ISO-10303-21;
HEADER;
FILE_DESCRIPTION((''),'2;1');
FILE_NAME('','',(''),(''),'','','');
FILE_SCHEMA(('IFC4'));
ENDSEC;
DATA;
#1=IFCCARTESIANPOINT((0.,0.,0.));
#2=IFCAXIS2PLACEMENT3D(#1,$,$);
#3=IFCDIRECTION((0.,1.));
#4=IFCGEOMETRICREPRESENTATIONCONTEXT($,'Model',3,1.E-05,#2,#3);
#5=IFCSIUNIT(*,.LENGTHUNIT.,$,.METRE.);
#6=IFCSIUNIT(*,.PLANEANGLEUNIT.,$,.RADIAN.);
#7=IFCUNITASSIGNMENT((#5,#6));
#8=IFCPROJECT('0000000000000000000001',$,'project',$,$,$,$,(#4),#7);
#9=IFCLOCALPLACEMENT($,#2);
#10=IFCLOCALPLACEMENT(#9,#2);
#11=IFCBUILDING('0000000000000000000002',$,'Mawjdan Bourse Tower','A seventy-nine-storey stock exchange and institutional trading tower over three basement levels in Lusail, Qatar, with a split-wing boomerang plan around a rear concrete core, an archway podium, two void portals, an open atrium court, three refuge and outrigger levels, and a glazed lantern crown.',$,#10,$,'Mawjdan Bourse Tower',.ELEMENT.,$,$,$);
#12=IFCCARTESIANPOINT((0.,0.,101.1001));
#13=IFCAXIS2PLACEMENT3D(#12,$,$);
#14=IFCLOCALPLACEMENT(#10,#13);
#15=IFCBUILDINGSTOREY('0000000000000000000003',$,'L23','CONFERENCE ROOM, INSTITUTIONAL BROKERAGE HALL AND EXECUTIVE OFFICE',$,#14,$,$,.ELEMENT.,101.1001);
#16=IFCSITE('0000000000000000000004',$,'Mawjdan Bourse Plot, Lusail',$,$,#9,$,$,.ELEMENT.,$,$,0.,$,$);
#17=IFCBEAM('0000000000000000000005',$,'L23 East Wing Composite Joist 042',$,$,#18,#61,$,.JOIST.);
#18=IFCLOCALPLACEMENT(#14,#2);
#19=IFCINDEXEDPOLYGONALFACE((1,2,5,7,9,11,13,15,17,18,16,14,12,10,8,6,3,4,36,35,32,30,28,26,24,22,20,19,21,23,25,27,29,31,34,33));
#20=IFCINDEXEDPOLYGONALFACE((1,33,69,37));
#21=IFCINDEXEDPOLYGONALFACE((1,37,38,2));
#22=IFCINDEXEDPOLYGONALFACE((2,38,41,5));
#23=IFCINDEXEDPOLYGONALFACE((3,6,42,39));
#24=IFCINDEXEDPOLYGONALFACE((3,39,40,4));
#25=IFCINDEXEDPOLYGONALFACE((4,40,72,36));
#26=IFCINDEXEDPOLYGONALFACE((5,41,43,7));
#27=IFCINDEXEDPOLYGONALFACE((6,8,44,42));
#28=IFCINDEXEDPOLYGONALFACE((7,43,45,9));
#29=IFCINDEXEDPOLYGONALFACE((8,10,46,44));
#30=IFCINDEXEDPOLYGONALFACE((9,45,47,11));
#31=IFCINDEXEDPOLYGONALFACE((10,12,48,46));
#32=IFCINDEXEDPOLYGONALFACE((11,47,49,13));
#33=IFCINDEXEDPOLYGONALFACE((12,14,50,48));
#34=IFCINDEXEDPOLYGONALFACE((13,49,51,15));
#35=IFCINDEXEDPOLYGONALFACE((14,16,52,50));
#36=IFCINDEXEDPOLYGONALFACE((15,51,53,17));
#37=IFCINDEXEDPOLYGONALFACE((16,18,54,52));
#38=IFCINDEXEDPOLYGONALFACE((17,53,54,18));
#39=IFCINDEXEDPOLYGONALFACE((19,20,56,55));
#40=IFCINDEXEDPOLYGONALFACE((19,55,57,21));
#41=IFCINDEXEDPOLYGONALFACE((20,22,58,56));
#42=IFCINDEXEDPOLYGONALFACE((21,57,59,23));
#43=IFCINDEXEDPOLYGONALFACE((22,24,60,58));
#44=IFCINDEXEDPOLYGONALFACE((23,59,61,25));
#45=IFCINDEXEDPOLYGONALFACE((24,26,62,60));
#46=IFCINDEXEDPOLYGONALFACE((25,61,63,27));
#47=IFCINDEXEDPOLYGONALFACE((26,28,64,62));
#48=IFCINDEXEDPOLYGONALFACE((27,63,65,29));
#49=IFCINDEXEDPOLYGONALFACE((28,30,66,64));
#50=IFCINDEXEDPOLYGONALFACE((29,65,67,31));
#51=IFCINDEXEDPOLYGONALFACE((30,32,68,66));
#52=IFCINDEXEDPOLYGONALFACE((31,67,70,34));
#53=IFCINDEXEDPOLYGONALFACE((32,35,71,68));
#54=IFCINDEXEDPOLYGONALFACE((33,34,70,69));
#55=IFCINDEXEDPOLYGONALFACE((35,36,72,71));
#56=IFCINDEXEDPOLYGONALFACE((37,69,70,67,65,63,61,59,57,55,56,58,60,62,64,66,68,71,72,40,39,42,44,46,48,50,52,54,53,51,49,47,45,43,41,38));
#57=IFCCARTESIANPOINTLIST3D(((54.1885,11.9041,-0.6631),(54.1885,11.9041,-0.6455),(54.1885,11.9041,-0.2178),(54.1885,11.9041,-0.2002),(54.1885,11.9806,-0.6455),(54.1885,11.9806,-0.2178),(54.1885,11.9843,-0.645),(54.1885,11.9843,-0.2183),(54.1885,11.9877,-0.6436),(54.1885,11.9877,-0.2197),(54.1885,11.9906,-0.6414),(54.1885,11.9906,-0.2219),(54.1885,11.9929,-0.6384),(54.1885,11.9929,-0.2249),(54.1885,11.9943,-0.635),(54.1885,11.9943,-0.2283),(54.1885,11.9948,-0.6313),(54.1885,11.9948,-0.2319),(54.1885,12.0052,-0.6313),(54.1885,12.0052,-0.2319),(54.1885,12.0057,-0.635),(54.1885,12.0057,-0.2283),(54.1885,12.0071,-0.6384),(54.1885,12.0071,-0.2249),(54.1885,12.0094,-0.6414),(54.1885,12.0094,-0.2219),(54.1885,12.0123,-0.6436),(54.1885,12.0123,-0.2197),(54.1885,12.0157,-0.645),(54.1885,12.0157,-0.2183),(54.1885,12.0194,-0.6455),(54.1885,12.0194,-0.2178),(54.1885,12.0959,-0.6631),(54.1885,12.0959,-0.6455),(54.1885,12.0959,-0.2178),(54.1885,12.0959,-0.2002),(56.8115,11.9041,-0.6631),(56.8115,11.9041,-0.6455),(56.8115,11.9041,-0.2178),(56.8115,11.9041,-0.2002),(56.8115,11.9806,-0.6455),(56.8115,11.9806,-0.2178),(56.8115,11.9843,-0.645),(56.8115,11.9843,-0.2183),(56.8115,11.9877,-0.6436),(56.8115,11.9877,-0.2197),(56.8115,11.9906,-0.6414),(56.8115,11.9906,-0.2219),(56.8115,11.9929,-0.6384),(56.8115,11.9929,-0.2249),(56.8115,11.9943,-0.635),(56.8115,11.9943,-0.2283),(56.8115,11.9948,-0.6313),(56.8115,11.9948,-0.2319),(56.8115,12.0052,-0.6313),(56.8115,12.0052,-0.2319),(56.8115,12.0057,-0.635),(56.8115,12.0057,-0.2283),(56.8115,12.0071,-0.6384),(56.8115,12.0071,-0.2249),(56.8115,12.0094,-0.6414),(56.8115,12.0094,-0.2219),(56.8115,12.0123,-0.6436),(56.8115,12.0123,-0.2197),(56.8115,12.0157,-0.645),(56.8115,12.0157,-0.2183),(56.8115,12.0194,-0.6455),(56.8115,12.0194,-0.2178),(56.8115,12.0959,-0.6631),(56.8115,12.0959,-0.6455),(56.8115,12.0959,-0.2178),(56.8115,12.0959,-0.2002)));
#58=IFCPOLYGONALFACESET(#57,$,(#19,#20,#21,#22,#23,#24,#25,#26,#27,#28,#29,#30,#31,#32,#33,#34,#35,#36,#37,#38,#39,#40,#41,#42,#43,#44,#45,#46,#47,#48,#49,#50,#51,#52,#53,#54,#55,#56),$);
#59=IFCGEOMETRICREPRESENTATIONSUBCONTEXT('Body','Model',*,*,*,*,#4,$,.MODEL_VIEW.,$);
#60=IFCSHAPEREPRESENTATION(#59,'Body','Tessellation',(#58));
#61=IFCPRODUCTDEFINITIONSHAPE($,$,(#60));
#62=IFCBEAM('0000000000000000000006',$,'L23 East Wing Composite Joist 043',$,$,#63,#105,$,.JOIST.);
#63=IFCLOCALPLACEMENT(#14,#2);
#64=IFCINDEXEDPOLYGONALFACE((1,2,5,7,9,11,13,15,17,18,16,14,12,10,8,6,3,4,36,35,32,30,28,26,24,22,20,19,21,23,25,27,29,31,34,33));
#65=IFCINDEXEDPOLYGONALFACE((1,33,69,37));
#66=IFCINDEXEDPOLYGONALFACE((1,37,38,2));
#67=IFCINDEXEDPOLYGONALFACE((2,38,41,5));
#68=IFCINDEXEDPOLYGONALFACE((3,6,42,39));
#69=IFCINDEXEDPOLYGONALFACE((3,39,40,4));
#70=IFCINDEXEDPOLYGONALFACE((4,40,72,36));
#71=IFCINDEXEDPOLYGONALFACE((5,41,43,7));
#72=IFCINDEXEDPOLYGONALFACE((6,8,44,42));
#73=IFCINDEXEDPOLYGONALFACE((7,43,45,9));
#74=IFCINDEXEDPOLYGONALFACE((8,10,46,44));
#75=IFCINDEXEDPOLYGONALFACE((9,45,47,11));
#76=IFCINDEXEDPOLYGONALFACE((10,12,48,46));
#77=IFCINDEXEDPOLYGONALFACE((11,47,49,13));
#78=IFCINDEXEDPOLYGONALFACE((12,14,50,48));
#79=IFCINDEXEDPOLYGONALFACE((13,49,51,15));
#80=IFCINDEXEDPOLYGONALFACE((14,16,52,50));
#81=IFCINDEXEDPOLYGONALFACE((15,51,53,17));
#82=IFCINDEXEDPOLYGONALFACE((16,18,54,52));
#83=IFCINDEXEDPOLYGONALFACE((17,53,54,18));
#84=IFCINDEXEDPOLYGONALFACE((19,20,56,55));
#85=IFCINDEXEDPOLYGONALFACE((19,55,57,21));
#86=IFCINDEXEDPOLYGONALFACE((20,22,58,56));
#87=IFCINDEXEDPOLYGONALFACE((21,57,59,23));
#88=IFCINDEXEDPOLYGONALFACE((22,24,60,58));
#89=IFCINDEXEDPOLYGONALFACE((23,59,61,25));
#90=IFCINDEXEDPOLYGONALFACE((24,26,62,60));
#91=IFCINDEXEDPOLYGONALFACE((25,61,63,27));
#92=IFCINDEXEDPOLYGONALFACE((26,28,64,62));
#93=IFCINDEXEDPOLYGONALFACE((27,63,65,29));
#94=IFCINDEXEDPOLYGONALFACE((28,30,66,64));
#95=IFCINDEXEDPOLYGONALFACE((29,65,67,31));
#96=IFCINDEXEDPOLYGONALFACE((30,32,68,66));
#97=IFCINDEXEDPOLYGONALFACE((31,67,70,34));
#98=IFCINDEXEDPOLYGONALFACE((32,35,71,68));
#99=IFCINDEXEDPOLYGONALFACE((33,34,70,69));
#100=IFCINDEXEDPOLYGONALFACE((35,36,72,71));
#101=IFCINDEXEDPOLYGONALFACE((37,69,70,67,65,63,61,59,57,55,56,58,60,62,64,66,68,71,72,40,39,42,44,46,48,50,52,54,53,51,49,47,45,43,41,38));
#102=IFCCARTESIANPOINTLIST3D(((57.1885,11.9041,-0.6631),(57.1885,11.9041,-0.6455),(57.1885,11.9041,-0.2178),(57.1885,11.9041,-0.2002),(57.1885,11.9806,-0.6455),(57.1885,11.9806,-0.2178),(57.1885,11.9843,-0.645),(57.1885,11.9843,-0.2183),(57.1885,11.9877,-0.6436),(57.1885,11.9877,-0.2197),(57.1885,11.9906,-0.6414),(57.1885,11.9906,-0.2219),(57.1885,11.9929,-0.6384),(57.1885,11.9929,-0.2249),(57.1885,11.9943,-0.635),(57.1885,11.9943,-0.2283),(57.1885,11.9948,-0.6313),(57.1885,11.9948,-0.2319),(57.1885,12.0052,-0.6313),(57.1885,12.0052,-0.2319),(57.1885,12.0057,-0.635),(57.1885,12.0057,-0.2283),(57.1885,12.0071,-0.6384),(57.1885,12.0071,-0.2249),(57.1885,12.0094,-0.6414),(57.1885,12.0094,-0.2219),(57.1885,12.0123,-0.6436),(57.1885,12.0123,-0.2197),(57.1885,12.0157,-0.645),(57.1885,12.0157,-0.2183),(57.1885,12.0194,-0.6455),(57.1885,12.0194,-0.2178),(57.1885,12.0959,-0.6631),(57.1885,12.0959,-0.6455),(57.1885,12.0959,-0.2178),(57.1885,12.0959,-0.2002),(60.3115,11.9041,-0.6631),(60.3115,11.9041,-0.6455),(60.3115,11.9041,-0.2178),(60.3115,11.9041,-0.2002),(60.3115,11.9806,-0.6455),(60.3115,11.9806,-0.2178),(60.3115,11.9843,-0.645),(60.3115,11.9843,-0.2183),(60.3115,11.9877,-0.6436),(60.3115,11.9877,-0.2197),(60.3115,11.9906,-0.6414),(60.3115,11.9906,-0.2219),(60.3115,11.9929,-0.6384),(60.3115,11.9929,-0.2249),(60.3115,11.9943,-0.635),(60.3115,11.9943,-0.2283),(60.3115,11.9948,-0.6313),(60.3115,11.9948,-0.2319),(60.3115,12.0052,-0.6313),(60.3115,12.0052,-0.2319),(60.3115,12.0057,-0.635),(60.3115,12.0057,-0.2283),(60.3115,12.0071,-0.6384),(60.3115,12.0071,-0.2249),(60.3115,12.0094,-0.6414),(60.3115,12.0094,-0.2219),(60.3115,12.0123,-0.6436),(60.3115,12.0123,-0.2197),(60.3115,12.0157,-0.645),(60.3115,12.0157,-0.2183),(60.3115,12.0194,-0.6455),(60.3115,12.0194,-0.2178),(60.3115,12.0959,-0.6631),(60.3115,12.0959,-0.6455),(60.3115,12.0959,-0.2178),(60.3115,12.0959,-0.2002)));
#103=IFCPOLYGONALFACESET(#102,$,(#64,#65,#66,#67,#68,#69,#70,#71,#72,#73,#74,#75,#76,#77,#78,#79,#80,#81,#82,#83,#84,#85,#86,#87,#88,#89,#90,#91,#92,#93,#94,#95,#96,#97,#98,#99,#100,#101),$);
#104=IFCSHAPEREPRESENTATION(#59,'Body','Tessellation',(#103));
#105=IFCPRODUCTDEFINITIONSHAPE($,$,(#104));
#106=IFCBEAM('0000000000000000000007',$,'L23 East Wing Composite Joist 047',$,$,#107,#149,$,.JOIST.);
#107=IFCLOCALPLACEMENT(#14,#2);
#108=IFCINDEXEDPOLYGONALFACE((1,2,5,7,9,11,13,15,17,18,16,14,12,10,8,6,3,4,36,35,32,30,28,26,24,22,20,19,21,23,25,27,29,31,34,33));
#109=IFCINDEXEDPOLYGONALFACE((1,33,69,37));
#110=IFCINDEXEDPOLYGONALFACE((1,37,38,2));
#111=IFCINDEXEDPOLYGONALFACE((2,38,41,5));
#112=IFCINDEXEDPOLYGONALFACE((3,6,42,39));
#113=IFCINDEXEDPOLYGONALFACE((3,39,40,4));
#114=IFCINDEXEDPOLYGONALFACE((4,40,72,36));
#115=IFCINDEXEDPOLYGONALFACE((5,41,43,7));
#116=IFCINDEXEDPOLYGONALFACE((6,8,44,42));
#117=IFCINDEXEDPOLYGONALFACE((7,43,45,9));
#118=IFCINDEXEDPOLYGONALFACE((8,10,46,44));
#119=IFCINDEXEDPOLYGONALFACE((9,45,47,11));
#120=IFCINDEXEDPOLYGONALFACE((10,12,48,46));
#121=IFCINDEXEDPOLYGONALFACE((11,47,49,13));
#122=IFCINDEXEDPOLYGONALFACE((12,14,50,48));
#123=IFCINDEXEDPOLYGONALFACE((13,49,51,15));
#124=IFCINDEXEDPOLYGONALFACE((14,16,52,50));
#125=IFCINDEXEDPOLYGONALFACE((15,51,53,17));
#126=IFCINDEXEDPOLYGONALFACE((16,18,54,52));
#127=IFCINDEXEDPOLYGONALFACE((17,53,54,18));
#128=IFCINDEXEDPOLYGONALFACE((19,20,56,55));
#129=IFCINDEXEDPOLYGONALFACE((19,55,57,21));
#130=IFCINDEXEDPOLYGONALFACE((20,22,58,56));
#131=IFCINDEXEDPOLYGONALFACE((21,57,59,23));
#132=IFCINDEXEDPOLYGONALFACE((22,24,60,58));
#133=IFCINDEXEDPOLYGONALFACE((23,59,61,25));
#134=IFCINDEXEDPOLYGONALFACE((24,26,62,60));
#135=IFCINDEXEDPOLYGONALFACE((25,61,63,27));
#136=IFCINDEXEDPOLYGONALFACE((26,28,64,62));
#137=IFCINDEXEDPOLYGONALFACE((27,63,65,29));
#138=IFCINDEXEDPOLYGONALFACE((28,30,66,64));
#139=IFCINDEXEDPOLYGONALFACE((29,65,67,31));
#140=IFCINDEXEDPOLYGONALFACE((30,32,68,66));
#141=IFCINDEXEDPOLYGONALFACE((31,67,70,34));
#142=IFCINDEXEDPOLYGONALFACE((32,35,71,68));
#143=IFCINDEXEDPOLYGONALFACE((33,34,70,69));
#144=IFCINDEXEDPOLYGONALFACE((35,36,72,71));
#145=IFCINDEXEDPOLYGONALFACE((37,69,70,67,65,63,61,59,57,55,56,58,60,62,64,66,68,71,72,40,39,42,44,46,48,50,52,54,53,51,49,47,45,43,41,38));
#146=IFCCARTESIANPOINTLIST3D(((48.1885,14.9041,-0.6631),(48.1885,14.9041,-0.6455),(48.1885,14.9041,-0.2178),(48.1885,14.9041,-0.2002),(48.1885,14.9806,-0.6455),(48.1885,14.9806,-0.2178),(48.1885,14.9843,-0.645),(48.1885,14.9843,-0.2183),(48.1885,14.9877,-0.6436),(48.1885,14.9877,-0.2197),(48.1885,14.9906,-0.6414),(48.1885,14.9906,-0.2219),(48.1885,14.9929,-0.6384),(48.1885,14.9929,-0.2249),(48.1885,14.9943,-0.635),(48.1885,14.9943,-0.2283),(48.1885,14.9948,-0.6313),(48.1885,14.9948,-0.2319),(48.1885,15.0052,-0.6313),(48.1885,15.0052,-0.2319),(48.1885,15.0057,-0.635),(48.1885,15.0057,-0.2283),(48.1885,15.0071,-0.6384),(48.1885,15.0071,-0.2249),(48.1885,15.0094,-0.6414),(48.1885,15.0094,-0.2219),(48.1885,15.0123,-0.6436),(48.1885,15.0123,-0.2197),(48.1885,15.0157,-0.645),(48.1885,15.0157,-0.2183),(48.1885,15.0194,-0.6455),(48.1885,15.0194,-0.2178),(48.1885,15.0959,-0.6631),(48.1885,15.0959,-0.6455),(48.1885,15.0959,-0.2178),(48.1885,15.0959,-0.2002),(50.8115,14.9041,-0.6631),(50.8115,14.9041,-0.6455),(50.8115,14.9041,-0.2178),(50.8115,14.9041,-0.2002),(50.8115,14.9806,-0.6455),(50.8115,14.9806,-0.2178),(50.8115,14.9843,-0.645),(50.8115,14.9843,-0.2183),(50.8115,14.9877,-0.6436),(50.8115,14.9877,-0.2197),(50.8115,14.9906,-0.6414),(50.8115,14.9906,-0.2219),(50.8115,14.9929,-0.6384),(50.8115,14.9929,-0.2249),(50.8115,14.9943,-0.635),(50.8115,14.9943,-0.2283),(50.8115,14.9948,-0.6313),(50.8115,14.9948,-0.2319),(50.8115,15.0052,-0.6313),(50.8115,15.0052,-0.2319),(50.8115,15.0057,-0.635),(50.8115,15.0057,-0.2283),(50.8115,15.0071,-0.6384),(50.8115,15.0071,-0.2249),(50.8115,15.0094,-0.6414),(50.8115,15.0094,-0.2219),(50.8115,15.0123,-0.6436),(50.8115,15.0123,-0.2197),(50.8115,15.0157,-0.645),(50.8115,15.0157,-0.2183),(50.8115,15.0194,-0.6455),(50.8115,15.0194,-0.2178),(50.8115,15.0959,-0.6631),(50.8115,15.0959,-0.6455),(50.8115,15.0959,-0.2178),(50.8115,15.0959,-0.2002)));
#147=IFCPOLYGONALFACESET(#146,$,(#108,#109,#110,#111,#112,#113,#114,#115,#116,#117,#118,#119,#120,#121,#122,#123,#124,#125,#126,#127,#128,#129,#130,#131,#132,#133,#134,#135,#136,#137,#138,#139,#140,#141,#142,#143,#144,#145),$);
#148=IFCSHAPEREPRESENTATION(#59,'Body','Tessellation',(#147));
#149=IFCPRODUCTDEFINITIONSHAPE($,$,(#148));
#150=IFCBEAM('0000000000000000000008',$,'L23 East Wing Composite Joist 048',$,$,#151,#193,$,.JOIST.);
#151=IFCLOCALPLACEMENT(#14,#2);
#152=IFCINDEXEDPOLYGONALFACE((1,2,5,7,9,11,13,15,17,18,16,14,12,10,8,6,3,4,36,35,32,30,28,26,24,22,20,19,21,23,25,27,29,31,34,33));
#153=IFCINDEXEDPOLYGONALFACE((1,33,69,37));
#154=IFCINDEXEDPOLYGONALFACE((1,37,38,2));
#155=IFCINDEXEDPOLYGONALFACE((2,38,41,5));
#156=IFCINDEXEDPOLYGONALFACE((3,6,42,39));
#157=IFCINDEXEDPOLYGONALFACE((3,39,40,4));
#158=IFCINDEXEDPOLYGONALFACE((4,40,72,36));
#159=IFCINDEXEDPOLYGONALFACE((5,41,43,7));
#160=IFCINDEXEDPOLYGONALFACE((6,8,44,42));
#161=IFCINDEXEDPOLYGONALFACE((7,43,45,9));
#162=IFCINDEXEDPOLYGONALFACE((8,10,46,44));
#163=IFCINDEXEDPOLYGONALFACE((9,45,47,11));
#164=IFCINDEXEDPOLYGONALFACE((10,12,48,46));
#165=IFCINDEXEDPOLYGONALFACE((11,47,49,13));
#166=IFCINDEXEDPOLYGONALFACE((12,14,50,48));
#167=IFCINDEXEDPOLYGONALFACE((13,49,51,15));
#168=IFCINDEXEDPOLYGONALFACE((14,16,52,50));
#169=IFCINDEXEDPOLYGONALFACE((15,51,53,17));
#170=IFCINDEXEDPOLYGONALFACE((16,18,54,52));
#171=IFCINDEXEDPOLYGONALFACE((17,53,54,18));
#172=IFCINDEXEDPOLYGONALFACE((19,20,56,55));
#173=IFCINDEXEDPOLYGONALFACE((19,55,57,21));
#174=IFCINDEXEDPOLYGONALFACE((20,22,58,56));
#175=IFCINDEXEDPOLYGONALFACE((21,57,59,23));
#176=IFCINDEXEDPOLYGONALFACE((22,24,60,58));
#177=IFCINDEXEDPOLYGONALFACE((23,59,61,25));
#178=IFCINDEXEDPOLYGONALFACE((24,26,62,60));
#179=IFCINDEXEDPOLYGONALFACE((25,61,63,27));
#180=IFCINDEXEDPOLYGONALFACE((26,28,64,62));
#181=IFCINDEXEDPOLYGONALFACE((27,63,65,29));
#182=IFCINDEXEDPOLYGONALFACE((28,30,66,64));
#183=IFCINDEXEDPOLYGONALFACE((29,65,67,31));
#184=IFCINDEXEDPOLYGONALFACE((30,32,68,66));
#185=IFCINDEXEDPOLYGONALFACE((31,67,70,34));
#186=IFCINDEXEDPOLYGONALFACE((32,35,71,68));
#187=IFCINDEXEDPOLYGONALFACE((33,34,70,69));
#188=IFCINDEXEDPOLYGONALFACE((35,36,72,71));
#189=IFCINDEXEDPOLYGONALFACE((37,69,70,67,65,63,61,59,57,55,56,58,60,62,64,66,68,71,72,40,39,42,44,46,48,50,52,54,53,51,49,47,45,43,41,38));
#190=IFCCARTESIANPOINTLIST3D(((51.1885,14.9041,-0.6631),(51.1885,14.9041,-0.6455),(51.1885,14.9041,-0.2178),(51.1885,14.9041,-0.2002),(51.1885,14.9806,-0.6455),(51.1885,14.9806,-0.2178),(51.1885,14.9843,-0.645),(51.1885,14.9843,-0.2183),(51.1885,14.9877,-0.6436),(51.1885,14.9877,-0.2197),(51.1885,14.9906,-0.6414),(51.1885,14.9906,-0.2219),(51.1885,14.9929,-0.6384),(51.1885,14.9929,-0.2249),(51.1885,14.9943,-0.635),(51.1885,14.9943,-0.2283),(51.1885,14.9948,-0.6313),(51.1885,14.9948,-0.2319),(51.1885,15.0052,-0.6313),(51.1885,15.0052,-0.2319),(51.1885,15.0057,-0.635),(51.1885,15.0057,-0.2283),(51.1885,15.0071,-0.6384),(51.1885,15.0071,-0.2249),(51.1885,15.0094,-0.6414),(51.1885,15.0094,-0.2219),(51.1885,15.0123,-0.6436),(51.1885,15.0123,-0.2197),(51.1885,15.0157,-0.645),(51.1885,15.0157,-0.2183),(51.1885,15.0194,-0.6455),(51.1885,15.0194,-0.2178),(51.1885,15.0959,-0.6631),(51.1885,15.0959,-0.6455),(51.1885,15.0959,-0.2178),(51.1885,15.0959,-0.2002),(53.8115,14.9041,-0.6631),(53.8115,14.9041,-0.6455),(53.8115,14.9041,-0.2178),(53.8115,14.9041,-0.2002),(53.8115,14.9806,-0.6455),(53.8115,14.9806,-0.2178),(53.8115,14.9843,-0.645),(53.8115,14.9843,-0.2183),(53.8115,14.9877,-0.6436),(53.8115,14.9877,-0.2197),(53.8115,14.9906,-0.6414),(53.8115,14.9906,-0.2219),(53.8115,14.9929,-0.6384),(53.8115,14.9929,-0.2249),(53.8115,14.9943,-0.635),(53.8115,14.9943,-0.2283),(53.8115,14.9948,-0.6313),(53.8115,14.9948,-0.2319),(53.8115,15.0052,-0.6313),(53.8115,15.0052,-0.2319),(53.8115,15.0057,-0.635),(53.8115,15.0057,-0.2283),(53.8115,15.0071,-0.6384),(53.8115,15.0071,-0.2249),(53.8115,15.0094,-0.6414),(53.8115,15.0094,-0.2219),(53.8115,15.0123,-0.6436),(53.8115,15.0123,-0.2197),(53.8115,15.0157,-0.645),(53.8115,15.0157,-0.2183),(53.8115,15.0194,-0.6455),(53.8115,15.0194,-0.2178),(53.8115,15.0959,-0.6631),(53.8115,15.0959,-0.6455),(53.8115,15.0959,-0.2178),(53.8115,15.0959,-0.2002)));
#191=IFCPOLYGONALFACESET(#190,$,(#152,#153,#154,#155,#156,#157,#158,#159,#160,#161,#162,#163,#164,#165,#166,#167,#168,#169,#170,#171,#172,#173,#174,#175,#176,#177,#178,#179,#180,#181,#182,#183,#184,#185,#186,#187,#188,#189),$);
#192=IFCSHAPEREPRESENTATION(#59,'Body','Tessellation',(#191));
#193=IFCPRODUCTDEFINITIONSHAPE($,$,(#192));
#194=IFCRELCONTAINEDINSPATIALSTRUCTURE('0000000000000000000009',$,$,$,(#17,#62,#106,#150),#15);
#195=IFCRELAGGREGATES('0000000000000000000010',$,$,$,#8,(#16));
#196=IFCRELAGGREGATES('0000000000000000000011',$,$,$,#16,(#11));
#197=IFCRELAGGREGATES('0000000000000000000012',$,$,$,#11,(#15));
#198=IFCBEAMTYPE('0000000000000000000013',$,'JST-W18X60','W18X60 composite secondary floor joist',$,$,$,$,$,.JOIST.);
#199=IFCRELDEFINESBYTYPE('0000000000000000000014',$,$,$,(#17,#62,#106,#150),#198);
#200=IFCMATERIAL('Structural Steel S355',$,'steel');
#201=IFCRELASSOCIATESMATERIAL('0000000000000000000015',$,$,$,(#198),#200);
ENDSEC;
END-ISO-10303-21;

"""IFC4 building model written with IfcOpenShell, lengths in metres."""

from ifc_helpers import new_model, si_unit, direction, frame, origin, origin_2d, place, context, subcontext, project, spatial, i_section, extrude, material, material_profile, profile_set, type_object, element, save


model = new_model("IFC4")

# Units and contexts
model_context = context("Model", 3, precision=1e-05, world=origin(), true_north=direction((0.0, 1.0)))
body_context = subcontext(model_context, "Body", "Model", "MODEL_VIEW")
ifc_project = project(units=[si_unit("LENGTHUNIT", "METRE"), si_unit("PLANEANGLEUNIT", "RADIAN")], contexts=[model_context])

# Site, building, storey
site_placement = place(None, origin())
site = spatial("IfcSite", under=ifc_project, at=site_placement, Name="Mawjdan Bourse Plot, Lusail", CompositionType="ELEMENT", RefElevation=0.0)
building_placement = place(site_placement, origin())
building = spatial("IfcBuilding", under=site, at=building_placement, Name="Mawjdan Bourse Tower", Description="A seventy-nine-storey stock exchange and institutional trading tower over three basement levels in Lusail, Qatar, with a split-wing boomerang plan around a rear concrete core, an archway podium, two void portals, an open atrium court, three refuge and outrigger levels, and a glazed lantern crown.", LongName="Mawjdan Bourse Tower", CompositionType="ELEMENT")
storey_placement = place(building_placement, frame((0.0, 0.0, 101.1001)))
storey = spatial("IfcBuildingStorey", under=building, at=storey_placement, Name="L23", Description="CONFERENCE ROOM, INSTITUTIONAL BROKERAGE HALL AND EXECUTIVE OFFICE", CompositionType="ELEMENT", Elevation=101.1001)

# Beams
ifc_material_1 = material(Name="Structural Steel S355", Category="steel")
ifc_material_profile_1 = material_profile(ifc_material_1, i_section(OverallWidth=0.1919, OverallDepth=0.4629, WebThickness=0.0105, FlangeThickness=0.0176, FilletRadius=0.0142, at=origin_2d()), Name="W18X60")
ifc_profile_set_1 = profile_set([ifc_material_profile_1], Name="Structural Steel S355")
beam_type_1 = type_object("IfcBeamType", Name="JST-W18X60", Description="W18X60 composite secondary floor joist", PredefinedType="JOIST", material=ifc_profile_set_1)
for number, where, z_axis, x_axis, name in (
    (1, (54.1885, 12.0, -0.4316), (1.0, 0.0, 0.0), (0.0, 1.0, 0.0), "L23 East Wing Composite Joist 042"),
):
    element("IfcBeam", number, at=place(storey_placement, frame(where, z_axis=z_axis, x_axis=x_axis)), inside=storey, type_object=beam_type_1, Name=name, PredefinedType="JOIST", context=body_context, shape_type="SweptSolid", body=[
        extrude(i_section(OverallWidth=0.1919, OverallDepth=0.4629, WebThickness=0.0105, FlangeThickness=0.0176, FilletRadius=0.0142, at=origin_2d()), origin(), (0.0, 0.0, 1.0), 2.623),
    ])
beam_1_placement = place(storey_placement, frame((57.1885, 12.0, -0.4316), z_axis=(1.0, 0.0, 0.0), x_axis=(0.0, 1.0, 0.0)))
element("IfcBeam", 2, at=beam_1_placement, inside=storey, type_object=beam_type_1, Name="L23 East Wing Composite Joist 043", PredefinedType="JOIST", context=body_context, shape_type="SweptSolid", body=[
    extrude(i_section(OverallWidth=0.1919, OverallDepth=0.4629, WebThickness=0.0105, FlangeThickness=0.0176, FilletRadius=0.0142, at=origin_2d()), origin(), (0.0, 0.0, 1.0), 3.123),
])
for number, where, z_axis, x_axis, name in (
    (3, (48.1885, 15.0, -0.4316), (1.0, 0.0, 0.0), (0.0, 1.0, 0.0), "L23 East Wing Composite Joist 047"),
    (4, (51.1885, 15.0, -0.4316), (1.0, 0.0, 0.0), (0.0, 1.0, 0.0), "L23 East Wing Composite Joist 048"),
):
    element("IfcBeam", number, at=place(storey_placement, frame(where, z_axis=z_axis, x_axis=x_axis)), inside=storey, type_object=beam_type_1, Name=name, PredefinedType="JOIST", context=body_context, shape_type="SweptSolid", body=[
        extrude(i_section(OverallWidth=0.1919, OverallDepth=0.4629, WebThickness=0.0105, FlangeThickness=0.0176, FilletRadius=0.0142, at=origin_2d()), origin(), (0.0, 0.0, 1.0), 2.623),
    ])

save(model, "model.ifc")
